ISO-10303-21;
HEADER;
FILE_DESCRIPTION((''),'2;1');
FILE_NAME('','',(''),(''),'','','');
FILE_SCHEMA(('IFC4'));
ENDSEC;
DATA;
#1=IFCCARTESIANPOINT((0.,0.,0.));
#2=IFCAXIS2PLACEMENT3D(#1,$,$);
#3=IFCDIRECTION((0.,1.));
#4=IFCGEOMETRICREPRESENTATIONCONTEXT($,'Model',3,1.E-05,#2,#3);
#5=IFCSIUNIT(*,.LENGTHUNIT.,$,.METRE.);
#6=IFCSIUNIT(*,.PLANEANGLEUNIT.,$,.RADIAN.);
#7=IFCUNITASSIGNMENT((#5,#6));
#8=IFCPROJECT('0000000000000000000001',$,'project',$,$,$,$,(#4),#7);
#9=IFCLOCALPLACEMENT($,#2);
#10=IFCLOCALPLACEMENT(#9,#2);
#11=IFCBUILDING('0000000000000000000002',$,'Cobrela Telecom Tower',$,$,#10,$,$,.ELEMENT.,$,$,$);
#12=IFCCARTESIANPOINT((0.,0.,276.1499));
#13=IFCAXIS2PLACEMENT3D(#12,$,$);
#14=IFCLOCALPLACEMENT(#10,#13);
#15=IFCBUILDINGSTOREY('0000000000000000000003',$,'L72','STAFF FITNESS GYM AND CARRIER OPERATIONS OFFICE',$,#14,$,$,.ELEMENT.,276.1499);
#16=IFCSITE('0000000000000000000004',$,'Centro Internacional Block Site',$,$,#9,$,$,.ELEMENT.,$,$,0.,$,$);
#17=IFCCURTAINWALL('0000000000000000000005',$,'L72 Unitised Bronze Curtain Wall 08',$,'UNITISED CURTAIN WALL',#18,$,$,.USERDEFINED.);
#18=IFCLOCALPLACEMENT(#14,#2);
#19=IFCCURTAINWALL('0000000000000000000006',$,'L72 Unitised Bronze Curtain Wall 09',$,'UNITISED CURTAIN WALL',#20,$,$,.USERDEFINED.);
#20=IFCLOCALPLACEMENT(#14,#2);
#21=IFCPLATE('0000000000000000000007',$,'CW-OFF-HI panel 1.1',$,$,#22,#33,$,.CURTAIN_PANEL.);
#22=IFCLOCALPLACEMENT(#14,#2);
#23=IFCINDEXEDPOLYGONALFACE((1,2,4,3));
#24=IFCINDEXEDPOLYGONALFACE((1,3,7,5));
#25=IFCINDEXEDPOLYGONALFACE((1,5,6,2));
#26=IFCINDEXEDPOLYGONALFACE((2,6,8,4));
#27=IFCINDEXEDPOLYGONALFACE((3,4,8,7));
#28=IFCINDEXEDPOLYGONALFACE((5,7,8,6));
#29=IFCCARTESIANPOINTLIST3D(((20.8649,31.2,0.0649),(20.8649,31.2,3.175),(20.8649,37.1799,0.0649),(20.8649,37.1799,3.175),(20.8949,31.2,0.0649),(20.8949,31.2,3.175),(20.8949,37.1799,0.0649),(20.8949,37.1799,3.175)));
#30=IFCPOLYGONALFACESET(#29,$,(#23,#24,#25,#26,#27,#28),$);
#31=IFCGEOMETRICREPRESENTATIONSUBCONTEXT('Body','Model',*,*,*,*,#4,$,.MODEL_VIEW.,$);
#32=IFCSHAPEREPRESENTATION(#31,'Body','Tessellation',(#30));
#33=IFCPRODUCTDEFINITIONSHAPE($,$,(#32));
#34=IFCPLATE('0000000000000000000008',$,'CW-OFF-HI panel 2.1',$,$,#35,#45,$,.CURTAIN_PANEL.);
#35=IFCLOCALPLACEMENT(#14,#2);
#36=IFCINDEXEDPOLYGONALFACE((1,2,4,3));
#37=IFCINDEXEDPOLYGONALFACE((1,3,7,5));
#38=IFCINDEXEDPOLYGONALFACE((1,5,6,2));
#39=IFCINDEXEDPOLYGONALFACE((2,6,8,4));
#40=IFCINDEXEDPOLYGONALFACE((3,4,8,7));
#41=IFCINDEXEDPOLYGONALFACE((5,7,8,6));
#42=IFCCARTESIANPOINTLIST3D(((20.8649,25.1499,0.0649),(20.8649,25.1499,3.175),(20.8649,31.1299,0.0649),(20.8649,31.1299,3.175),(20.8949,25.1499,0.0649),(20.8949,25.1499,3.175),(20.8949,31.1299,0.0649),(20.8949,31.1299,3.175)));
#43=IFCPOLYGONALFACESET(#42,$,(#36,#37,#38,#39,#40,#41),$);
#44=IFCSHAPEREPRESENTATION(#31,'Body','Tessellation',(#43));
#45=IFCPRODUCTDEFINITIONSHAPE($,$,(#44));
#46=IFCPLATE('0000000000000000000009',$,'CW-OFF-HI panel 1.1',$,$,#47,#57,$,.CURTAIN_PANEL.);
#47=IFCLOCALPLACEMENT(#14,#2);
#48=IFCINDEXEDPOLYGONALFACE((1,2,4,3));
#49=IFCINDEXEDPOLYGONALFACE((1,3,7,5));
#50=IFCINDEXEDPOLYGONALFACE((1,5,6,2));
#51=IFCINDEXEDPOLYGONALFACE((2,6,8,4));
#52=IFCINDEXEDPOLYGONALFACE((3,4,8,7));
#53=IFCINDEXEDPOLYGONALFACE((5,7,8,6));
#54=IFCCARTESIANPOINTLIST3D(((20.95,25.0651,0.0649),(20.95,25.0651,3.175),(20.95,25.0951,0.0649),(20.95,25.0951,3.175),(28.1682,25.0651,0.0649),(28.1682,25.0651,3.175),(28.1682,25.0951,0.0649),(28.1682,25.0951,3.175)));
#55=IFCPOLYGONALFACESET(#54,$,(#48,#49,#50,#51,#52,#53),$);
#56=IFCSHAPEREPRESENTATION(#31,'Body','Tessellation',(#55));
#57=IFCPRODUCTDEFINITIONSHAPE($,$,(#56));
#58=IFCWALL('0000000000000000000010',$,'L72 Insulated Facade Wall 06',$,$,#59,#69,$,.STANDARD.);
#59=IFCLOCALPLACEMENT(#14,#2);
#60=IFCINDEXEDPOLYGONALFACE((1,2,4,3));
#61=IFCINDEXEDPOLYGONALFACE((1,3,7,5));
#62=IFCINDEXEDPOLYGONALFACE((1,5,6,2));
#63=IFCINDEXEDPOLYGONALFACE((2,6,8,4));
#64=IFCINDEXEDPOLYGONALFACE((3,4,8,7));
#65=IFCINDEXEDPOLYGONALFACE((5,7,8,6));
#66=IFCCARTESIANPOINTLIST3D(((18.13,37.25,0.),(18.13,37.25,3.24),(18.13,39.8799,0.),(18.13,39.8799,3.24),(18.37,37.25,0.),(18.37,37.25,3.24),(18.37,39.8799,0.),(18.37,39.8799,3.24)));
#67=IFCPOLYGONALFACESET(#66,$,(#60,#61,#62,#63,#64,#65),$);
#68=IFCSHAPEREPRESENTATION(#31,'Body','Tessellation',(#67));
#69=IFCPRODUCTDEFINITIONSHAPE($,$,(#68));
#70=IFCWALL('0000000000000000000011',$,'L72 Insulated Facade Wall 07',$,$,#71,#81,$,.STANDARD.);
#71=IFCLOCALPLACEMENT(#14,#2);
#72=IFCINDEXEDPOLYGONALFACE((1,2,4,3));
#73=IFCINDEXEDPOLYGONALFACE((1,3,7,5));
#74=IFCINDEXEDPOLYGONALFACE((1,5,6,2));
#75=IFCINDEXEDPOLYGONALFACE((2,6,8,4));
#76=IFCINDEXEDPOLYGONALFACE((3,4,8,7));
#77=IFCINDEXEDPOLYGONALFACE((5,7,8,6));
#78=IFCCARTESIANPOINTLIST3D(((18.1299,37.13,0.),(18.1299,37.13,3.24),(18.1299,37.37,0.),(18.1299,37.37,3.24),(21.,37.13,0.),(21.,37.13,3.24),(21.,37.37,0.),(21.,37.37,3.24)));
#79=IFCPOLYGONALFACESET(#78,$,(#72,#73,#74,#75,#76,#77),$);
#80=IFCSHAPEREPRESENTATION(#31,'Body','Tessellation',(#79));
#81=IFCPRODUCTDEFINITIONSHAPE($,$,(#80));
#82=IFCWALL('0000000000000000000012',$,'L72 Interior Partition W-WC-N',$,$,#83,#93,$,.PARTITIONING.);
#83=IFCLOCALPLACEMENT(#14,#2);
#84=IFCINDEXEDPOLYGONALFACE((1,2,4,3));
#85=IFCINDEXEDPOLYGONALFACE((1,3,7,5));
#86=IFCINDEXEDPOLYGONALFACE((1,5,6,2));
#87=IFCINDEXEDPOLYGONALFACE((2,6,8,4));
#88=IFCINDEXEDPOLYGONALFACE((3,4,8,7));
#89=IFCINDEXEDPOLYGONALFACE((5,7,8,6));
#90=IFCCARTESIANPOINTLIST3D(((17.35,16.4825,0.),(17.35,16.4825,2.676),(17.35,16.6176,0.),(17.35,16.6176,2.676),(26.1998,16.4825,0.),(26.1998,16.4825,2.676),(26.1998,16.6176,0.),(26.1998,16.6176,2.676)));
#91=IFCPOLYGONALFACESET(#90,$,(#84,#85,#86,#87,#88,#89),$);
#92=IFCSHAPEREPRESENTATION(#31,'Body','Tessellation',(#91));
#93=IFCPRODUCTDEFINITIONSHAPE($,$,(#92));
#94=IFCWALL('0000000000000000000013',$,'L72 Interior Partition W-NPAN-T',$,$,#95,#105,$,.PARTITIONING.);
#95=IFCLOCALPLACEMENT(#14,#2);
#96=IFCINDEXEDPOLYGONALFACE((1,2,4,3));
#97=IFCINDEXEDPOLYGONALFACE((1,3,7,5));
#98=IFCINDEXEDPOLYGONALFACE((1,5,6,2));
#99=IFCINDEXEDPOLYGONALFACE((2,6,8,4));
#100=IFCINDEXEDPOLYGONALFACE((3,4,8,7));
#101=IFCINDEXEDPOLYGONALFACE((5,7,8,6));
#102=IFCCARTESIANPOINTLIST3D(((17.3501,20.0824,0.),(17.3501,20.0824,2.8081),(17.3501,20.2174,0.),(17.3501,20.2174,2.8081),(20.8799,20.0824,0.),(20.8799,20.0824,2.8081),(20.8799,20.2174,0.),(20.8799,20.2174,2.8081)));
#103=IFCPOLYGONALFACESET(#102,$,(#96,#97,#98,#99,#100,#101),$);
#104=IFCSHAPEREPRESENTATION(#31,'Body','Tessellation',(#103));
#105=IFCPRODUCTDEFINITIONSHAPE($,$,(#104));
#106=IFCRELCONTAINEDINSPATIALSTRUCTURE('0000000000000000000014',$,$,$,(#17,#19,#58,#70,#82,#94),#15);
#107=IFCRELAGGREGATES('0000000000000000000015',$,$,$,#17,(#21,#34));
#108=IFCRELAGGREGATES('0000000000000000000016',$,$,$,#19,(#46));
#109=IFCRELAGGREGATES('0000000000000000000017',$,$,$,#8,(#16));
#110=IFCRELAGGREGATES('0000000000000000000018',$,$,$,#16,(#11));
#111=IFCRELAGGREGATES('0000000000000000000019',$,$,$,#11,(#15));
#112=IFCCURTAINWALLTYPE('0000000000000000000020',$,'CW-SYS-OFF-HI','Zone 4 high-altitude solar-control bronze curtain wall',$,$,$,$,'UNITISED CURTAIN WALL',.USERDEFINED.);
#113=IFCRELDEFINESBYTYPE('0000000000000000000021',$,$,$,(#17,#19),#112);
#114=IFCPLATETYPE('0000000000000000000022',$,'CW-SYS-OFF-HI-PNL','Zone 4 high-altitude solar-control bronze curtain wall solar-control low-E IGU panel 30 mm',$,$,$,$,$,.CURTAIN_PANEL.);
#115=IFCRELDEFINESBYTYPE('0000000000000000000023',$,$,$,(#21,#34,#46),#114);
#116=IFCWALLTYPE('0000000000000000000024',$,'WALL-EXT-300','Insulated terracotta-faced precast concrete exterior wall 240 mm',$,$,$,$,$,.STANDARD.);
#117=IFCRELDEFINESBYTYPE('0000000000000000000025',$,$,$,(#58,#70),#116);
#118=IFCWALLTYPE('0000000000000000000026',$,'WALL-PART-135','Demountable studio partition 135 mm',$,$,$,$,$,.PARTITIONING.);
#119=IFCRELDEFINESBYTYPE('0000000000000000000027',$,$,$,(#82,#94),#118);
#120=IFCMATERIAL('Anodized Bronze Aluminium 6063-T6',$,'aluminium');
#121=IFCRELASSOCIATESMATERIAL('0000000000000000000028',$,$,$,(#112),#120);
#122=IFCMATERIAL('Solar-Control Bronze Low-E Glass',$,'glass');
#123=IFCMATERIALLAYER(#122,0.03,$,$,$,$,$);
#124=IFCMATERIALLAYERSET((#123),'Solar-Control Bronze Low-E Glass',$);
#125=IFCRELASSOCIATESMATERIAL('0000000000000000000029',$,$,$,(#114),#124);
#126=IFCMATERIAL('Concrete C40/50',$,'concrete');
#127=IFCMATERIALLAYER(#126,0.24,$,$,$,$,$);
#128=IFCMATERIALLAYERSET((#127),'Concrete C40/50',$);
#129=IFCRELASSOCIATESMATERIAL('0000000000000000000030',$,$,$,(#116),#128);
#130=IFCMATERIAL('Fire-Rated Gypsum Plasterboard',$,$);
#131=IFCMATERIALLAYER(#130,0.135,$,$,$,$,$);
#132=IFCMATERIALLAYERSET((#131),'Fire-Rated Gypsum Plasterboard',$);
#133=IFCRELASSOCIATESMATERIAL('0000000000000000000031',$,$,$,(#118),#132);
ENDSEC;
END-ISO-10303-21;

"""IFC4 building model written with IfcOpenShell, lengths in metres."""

from ifc_helpers import new_model, si_unit, direction, frame, frame_2d, origin, origin_2d, place, context, subcontext, project, spatial, rectangle, extrude, material, layer, layer_set, type_object, element, aggregate, save


model = new_model("IFC4")

# Units and contexts
model_context = context("Model", 3, precision=1e-05, world=origin(), true_north=direction((0.0, 1.0)))
body_context = subcontext(model_context, "Body", "Model", "MODEL_VIEW")
ifc_project = project(units=[si_unit("LENGTHUNIT", "METRE"), si_unit("PLANEANGLEUNIT", "RADIAN")], contexts=[model_context])

# Site, building, storey
site_placement = place(None, origin())
site = spatial("IfcSite", under=ifc_project, at=site_placement, Name="Centro Internacional Block Site", CompositionType="ELEMENT", RefElevation=0.0)
building_placement = place(site_placement, origin())
building = spatial("IfcBuilding", under=site, at=building_placement, Name="Cobrela Telecom Tower", CompositionType="ELEMENT")
storey_placement = place(building_placement, frame((0.0, 0.0, 276.1499)))
storey = spatial("IfcBuildingStorey", under=building, at=storey_placement, Name="L72", Description="STAFF FITNESS GYM AND CARRIER OPERATIONS OFFICE", CompositionType="ELEMENT", Elevation=276.1499)

# Shared definitions
ifc_material_1 = material(Name="Anodized Bronze Aluminium 6063-T6", Category="aluminium")
curtain_wall_type = type_object("IfcCurtainWallType", Name="CW-SYS-OFF-HI", Description="Zone 4 high-altitude solar-control bronze curtain wall", ElementType="UNITISED CURTAIN WALL", PredefinedType="USERDEFINED", material=ifc_material_1)

# Curtain walls
curtain_wall_1_placement = place(storey_placement, origin())
curtain_wall_1 = element("IfcCurtainWall", 1, at=curtain_wall_1_placement, inside=storey, type_object=curtain_wall_type, Name="L72 Unitised Bronze Curtain Wall 08", ObjectType="UNITISED CURTAIN WALL", PredefinedType="USERDEFINED")
curtain_wall_2_placement = place(storey_placement, origin())
curtain_wall_2 = element("IfcCurtainWall", 2, at=curtain_wall_2_placement, inside=storey, type_object=curtain_wall_type, Name="L72 Unitised Bronze Curtain Wall 09", ObjectType="UNITISED CURTAIN WALL", PredefinedType="USERDEFINED")

# Plates
ifc_material_2 = material(Name="Solar-Control Bronze Low-E Glass", Category="glass")
ifc_layer_1 = layer(ifc_material_2, 0.03)
ifc_layer_set_1 = layer_set([ifc_layer_1], Name="Solar-Control Bronze Low-E Glass")
plate_type = type_object("IfcPlateType", Name="CW-SYS-OFF-HI-PNL", Description="Zone 4 high-altitude solar-control bronze curtain wall solar-control low-E IGU panel 30 mm", PredefinedType="CURTAIN_PANEL", material=ifc_layer_set_1)
plate_1_placement = place(storey_placement, frame((20.8799, 34.1899, 0.0649), z_axis=(0.0, 0.0, 1.0), x_axis=(0.0, -1.0, 0.0)))
plate_1 = element("IfcPlate", 3, at=plate_1_placement, type_object=plate_type, Name="CW-OFF-HI panel 1.1", PredefinedType="CURTAIN_PANEL", context=body_context, shape_type="SweptSolid", body=[
    extrude(rectangle(XDim=5.98, YDim=0.03, at=origin_2d()), origin(), (0.0, 0.0, 1.0), 3.1101),
])
plate_2_placement = place(storey_placement, frame((20.8799, 28.1399, 0.0649), z_axis=(0.0, 0.0, 1.0), x_axis=(0.0, -1.0, 0.0)))
plate_2 = element("IfcPlate", 4, at=plate_2_placement, type_object=plate_type, Name="CW-OFF-HI panel 2.1", PredefinedType="CURTAIN_PANEL", context=body_context, shape_type="SweptSolid", body=[
    extrude(rectangle(XDim=5.98, YDim=0.03, at=origin_2d()), origin(), (0.0, 0.0, 1.0), 3.1101),
])
aggregate(curtain_wall_1, [plate_1, plate_2])
plate_3_placement = place(storey_placement, frame((24.5591, 25.0801, 0.0649), z_axis=(0.0, 0.0, 1.0), x_axis=(1.0, 0.0, 0.0)))
plate_3 = element("IfcPlate", 5, at=plate_3_placement, type_object=plate_type, Name="CW-OFF-HI panel 1.1", PredefinedType="CURTAIN_PANEL", context=body_context, shape_type="SweptSolid", body=[
    extrude(rectangle(XDim=7.2183, YDim=0.03, at=origin_2d()), origin(), (0.0, 0.0, 1.0), 3.1101),
])
aggregate(curtain_wall_2, [plate_3])

# Walls
ifc_material_3 = material(Name="Concrete C40/50", Category="concrete")
ifc_layer_2 = layer(ifc_material_3, 0.24)
ifc_layer_set_2 = layer_set([ifc_layer_2], Name="Concrete C40/50")
wall_type_1 = type_object("IfcWallType", Name="WALL-EXT-300", Description="Insulated terracotta-faced precast concrete exterior wall 240 mm", PredefinedType="STANDARD", material=ifc_layer_set_2)
wall_1_placement = place(storey_placement, frame((18.25, 39.8799, 0.0), z_axis=(0.0, 0.0, 1.0), x_axis=(0.0, -1.0, 0.0)))
element("IfcWall", 6, at=wall_1_placement, inside=storey, type_object=wall_type_1, Name="L72 Insulated Facade Wall 06", PredefinedType="STANDARD", context=body_context, shape_type="SweptSolid", body=[
    extrude(rectangle(XDim=2.6299, YDim=0.24, at=frame_2d((1.3149, 0.0))), origin(), (0.0, 0.0, 1.0), 3.24),
])
wall_2_placement = place(storey_placement, frame((18.1299, 37.25, 0.0), z_axis=(0.0, 0.0, 1.0), x_axis=(1.0, 0.0, 0.0)))
element("IfcWall", 7, at=wall_2_placement, inside=storey, type_object=wall_type_1, Name="L72 Insulated Facade Wall 07", PredefinedType="STANDARD", context=body_context, shape_type="SweptSolid", body=[
    extrude(rectangle(XDim=2.8701, YDim=0.24, at=frame_2d((1.4351, 0.0))), origin(), (0.0, 0.0, 1.0), 3.24),
])
ifc_material_4 = material(Name="Fire-Rated Gypsum Plasterboard")
ifc_layer_3 = layer(ifc_material_4, 0.135)
ifc_layer_set_3 = layer_set([ifc_layer_3], Name="Fire-Rated Gypsum Plasterboard")
wall_type_2 = type_object("IfcWallType", Name="WALL-PART-135", Description="Demountable studio partition 135 mm", PredefinedType="PARTITIONING", material=ifc_layer_set_3)
wall_3_placement = place(storey_placement, frame((17.3501, 16.55, 0.0), z_axis=(0.0, 0.0, 1.0), x_axis=(1.0, 0.0, 0.0)))
element("IfcWall", 8, at=wall_3_placement, inside=storey, type_object=wall_type_2, Name="L72 Interior Partition W-WC-N", PredefinedType="PARTITIONING", context=body_context, shape_type="SweptSolid", body=[
    extrude(rectangle(XDim=8.8499, YDim=0.135, at=frame_2d((4.4248, 0.0))), origin(), (0.0, 0.0, 1.0), 2.676),
])
wall_4_placement = place(storey_placement, frame((17.3501, 20.1499, 0.0), z_axis=(0.0, 0.0, 1.0), x_axis=(1.0, 0.0, 0.0)))
element("IfcWall", 9, at=wall_4_placement, inside=storey, type_object=wall_type_2, Name="L72 Interior Partition W-NPAN-T", PredefinedType="PARTITIONING", context=body_context, shape_type="SweptSolid", body=[
    extrude(rectangle(XDim=3.5298, YDim=0.135, at=frame_2d((1.7649, 0.0))), origin(), (0.0, 0.0, 1.0), 2.8081),
])

save(model, "model.ifc")
